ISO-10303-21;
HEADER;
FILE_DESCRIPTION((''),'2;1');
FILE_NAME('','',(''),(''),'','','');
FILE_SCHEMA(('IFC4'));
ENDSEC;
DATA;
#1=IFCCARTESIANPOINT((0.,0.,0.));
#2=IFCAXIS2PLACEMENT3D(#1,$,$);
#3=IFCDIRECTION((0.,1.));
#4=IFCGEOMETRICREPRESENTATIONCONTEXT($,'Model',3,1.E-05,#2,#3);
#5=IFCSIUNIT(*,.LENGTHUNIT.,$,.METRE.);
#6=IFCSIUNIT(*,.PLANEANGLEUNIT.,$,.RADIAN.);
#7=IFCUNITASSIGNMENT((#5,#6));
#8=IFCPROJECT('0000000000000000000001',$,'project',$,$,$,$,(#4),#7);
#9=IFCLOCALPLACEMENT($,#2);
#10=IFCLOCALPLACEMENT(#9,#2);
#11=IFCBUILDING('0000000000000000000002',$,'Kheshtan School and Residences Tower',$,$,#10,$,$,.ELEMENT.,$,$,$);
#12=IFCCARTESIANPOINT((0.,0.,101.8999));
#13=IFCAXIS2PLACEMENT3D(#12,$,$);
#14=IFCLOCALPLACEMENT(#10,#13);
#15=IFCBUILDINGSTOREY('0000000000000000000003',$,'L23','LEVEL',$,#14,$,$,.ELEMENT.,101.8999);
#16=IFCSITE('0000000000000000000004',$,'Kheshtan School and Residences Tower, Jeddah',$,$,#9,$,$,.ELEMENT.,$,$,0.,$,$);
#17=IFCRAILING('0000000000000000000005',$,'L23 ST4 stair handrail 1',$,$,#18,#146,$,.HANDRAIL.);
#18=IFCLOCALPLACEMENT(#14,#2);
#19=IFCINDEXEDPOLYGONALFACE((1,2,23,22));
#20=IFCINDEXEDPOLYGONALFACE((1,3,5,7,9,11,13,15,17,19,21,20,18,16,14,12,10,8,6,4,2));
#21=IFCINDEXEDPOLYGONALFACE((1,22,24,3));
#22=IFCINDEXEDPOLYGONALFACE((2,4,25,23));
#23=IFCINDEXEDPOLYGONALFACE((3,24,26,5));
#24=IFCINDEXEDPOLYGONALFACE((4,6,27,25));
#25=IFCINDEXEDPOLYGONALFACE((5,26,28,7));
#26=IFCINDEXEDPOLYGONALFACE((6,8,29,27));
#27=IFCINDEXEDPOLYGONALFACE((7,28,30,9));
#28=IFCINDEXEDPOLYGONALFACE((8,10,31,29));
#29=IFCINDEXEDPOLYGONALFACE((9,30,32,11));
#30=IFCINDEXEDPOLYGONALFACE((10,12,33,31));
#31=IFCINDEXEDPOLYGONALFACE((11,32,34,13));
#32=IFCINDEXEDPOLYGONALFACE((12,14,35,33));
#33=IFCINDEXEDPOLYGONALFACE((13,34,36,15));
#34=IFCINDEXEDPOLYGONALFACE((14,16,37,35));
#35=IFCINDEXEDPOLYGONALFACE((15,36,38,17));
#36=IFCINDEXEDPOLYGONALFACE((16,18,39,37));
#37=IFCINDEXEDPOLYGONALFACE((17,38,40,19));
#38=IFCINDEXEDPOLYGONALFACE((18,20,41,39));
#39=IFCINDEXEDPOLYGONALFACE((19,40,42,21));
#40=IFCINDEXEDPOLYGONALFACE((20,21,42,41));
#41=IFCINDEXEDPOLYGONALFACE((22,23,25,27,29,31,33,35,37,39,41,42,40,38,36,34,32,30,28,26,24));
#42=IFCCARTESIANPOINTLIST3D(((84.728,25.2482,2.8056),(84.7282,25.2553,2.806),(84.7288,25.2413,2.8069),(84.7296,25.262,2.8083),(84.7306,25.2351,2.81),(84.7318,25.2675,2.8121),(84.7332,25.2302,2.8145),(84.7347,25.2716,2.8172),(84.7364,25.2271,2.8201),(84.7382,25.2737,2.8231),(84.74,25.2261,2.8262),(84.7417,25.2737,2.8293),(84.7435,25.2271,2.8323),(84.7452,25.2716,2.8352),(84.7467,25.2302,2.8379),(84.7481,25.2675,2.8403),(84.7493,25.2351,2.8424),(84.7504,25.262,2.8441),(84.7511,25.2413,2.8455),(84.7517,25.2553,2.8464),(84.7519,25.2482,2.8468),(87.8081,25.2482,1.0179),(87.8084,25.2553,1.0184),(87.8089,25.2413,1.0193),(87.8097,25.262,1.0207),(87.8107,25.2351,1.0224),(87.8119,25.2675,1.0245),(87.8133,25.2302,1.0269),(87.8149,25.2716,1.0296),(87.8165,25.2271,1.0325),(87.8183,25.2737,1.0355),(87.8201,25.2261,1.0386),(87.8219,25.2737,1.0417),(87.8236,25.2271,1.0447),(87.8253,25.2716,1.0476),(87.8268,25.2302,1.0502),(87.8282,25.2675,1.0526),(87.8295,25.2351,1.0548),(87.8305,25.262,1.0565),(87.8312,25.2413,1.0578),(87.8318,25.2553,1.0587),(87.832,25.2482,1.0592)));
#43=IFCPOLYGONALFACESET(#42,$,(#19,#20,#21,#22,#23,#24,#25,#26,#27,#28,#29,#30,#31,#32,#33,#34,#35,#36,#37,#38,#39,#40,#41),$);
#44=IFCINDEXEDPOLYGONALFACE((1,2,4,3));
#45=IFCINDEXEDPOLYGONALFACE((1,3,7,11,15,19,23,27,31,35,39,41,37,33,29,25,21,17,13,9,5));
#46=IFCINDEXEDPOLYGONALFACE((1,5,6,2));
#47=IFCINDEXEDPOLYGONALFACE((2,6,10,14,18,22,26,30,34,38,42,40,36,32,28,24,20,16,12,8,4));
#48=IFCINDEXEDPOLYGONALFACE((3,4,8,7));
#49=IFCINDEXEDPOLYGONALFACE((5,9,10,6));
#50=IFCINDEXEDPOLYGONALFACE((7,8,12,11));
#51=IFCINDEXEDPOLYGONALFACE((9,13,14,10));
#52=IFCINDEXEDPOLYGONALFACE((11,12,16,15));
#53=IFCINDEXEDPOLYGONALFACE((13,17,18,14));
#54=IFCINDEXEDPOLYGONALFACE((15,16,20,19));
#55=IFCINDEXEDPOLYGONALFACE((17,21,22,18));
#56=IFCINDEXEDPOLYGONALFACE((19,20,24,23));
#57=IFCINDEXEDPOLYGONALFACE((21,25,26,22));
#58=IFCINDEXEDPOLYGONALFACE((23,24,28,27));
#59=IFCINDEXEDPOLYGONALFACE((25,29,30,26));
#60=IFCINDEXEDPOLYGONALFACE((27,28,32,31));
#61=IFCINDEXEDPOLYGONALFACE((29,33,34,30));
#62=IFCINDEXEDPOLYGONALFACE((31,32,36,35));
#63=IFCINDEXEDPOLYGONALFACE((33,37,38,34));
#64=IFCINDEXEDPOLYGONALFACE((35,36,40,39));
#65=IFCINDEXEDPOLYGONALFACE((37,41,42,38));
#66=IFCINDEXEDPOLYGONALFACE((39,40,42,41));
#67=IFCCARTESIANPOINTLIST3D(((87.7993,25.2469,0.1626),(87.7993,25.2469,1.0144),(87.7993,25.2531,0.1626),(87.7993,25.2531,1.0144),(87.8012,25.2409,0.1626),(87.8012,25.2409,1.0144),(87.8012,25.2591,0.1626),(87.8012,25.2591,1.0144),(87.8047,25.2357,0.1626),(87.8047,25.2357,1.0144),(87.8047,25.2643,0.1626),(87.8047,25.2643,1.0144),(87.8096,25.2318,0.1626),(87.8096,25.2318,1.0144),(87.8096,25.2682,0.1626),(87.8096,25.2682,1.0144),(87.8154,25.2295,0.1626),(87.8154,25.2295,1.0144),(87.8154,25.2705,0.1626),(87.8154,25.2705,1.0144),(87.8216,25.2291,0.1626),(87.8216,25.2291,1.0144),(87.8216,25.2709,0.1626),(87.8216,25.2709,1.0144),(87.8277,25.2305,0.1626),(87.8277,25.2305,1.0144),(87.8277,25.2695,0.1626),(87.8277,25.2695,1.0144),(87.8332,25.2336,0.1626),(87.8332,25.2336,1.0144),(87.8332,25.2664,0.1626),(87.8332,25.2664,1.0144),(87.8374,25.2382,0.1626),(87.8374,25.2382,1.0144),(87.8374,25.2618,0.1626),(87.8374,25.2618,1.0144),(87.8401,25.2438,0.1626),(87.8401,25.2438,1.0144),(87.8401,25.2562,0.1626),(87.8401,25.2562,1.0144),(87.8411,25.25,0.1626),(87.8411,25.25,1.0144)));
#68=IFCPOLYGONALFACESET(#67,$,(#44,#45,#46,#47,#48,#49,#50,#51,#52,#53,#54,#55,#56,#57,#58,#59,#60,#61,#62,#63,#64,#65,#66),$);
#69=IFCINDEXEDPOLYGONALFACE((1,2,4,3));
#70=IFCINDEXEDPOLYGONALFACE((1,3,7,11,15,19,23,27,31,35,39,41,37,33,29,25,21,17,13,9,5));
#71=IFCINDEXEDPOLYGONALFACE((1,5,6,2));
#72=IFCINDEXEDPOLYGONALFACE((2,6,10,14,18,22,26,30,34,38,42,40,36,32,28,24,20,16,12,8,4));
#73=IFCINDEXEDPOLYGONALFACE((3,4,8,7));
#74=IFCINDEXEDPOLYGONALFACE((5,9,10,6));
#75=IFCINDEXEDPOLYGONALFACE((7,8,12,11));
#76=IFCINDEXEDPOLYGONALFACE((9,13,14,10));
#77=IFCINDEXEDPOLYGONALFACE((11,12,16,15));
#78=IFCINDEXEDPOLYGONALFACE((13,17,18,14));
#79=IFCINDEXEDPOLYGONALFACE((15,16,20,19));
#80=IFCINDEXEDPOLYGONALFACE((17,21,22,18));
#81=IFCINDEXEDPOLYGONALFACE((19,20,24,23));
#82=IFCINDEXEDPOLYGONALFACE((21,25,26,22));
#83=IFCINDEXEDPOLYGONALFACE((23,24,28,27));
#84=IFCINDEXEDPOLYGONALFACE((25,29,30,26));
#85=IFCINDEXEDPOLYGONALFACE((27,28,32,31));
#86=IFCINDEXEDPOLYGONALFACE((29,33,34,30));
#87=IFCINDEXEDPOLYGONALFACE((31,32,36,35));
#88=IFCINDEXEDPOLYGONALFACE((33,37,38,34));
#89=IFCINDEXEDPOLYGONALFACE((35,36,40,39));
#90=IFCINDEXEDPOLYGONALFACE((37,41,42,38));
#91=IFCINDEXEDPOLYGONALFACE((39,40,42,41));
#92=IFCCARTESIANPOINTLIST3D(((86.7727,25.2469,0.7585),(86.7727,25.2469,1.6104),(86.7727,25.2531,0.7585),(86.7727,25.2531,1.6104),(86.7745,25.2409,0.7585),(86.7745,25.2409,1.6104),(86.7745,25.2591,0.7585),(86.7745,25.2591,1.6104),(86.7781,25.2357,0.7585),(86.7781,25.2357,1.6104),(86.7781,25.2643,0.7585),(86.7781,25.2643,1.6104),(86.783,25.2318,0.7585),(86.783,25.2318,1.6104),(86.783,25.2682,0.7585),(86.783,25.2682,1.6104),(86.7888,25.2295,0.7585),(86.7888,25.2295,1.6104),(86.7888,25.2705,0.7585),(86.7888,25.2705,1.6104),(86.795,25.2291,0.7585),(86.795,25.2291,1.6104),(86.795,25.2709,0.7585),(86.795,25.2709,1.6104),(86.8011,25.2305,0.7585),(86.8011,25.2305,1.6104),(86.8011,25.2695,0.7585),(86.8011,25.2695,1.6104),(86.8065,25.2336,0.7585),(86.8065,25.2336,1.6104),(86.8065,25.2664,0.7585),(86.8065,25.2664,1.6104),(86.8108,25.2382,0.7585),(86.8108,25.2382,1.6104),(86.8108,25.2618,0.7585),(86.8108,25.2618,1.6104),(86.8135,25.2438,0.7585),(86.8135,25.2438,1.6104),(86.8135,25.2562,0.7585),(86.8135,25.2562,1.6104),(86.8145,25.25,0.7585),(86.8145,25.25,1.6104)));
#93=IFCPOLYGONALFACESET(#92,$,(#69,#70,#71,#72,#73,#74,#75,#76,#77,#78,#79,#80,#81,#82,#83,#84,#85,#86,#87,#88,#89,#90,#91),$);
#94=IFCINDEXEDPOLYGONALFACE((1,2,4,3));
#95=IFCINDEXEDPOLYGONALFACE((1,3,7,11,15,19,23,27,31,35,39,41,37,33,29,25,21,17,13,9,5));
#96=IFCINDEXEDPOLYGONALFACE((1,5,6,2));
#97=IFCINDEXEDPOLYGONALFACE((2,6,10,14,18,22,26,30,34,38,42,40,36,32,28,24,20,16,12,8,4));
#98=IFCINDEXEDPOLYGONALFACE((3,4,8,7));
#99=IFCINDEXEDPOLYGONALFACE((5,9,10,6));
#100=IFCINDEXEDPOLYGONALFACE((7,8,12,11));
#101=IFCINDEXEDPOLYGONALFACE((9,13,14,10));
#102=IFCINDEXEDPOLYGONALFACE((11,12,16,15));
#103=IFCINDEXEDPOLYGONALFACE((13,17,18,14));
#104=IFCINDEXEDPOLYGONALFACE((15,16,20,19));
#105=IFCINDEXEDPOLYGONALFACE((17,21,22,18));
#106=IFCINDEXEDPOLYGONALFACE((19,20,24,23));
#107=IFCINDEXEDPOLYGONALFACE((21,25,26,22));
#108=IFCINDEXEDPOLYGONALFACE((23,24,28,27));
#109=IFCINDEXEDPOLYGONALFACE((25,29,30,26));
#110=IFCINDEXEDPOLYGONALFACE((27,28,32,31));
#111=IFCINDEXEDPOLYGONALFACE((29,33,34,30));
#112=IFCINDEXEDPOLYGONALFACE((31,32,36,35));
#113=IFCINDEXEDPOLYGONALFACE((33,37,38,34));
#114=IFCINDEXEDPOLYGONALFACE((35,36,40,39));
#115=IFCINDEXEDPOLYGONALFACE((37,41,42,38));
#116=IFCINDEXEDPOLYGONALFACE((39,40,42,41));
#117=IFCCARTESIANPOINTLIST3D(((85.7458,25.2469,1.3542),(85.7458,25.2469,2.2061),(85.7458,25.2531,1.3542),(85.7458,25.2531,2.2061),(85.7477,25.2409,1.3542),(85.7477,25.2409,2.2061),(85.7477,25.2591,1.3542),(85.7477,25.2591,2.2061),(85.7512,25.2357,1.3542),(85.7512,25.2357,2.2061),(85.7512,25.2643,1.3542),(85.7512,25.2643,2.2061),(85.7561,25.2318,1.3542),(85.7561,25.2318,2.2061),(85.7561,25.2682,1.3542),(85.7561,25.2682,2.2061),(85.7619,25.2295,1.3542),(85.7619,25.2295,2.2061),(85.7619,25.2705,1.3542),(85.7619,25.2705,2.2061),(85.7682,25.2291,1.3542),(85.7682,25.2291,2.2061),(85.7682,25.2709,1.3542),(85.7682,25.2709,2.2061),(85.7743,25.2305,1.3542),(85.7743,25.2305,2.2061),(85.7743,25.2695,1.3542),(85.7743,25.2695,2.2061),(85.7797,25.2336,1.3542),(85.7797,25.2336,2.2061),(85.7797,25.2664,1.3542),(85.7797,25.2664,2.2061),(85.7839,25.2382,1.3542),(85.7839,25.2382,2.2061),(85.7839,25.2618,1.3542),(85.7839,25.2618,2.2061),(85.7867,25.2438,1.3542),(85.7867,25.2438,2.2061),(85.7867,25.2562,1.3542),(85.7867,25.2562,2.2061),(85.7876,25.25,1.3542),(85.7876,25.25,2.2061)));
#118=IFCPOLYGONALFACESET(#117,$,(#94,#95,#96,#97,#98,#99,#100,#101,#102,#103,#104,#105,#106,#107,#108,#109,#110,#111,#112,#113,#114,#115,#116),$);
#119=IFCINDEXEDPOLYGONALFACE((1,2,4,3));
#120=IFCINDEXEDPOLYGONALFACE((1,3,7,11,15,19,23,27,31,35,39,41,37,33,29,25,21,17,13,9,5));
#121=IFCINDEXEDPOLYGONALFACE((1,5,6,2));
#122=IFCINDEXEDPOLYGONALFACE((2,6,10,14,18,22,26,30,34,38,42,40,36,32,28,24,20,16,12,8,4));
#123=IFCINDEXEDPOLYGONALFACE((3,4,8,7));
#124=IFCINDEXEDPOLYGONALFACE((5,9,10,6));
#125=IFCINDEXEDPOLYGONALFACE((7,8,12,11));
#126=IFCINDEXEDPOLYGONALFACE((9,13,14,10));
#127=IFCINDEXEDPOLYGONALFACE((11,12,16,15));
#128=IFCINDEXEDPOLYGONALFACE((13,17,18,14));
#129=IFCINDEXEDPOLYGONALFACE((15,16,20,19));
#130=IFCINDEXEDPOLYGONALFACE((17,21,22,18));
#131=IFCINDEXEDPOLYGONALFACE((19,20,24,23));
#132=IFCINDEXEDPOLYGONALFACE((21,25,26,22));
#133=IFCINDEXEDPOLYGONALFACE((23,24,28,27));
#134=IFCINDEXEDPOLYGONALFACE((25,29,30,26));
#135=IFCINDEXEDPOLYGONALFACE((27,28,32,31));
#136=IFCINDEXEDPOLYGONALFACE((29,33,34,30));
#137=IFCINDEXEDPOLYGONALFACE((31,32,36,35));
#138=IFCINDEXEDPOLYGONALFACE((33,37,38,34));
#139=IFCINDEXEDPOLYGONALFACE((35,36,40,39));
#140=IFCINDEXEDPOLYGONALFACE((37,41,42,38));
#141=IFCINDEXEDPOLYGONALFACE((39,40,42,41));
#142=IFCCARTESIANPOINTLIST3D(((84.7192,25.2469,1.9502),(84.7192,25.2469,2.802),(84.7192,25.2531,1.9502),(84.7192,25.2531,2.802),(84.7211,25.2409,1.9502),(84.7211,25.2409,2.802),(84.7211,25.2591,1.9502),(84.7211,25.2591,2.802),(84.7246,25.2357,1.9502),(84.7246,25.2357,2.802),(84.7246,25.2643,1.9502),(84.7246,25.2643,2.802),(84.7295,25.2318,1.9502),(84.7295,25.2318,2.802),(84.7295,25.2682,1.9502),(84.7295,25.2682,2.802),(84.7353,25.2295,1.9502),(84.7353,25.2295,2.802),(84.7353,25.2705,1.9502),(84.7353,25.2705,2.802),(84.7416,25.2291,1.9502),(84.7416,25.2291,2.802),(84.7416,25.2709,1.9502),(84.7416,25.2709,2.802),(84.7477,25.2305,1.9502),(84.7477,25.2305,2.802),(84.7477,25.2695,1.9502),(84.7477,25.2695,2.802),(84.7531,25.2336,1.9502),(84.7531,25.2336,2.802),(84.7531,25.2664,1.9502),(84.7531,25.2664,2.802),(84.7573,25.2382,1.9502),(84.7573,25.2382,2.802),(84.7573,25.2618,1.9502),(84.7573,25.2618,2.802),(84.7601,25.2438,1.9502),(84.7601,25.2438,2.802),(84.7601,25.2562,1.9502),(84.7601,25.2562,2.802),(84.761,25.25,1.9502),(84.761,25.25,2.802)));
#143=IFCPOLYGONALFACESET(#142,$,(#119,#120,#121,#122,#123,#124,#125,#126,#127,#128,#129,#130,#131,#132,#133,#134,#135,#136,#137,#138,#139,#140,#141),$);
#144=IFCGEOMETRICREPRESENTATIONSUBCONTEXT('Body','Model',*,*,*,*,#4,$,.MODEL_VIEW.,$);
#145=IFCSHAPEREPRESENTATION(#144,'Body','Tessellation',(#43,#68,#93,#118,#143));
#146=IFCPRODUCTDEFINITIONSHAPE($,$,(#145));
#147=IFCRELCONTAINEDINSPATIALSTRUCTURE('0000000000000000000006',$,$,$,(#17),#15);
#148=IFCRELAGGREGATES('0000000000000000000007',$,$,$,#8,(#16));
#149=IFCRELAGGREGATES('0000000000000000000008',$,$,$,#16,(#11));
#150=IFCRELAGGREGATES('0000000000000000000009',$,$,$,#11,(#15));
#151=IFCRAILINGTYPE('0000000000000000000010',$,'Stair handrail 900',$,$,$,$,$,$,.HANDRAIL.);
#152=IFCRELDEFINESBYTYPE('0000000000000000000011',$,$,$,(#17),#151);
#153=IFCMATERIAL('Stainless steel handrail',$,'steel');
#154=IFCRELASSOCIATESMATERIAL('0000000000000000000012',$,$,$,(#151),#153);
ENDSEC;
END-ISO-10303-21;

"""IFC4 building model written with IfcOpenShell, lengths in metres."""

from ifc_helpers import new_model, si_unit, direction, frame, origin, origin_2d, place, context, subcontext, project, spatial, circle, extrude, material, type_object, element, save


model = new_model("IFC4")

# Units and contexts
model_context = context("Model", 3, precision=1e-05, world=origin(), true_north=direction((0.0, 1.0)))
body_context = subcontext(model_context, "Body", "Model", "MODEL_VIEW")
ifc_project = project(units=[si_unit("LENGTHUNIT", "METRE"), si_unit("PLANEANGLEUNIT", "RADIAN")], contexts=[model_context])

# Site, building, storey
site_placement = place(None, origin())
site = spatial("IfcSite", under=ifc_project, at=site_placement, Name="Kheshtan School and Residences Tower, Jeddah", CompositionType="ELEMENT", RefElevation=0.0)
building_placement = place(site_placement, origin())
building = spatial("IfcBuilding", under=site, at=building_placement, Name="Kheshtan School and Residences Tower", CompositionType="ELEMENT")
storey_placement = place(building_placement, frame((0.0, 0.0, 101.8999)))
storey = spatial("IfcBuildingStorey", under=building, at=storey_placement, Name="L23", Description="LEVEL", CompositionType="ELEMENT", Elevation=101.8999)

# Railing
ifc_material_1 = material(Name="Stainless steel handrail", Category="steel")
railing_type_1 = type_object("IfcRailingType", Name="Stair handrail 900", PredefinedType="HANDRAIL", material=ifc_material_1)
railing_1_placement = place(storey_placement, frame((87.8201, 25.25, 0.1626)))
element("IfcRailing", 1, at=railing_1_placement, inside=storey, type_object=railing_type_1, Name="L23 ST4 stair handrail 1", PredefinedType="HANDRAIL", context=body_context, shape_type="SweptSolid", body=[
    extrude(circle(Radius=0.0239, at=origin_2d()), frame((0.0, 0.0, 0.876), z_axis=(-0.864891, 0.0, 0.50196), x_axis=(0.0, -1.0, 0.0)), (0.0, 0.0, 1.0), 3.5613),
    extrude(circle(Radius=0.021, at=origin_2d()), origin(), (0.0, 0.0, 1.0), 0.8518),
    extrude(circle(Radius=0.021, at=origin_2d()), frame((-1.0266, 0.0, 0.5959)), (0.0, 0.0, 1.0), 0.8518),
    extrude(circle(Radius=0.021, at=origin_2d()), frame((-2.0535, 0.0, 1.1917)), (0.0, 0.0, 1.0), 0.8518),
    extrude(circle(Radius=0.021, at=origin_2d()), frame((-3.0801, 0.0, 1.7876)), (0.0, 0.0, 1.0), 0.8518),
])

save(model, "model.ifc")
